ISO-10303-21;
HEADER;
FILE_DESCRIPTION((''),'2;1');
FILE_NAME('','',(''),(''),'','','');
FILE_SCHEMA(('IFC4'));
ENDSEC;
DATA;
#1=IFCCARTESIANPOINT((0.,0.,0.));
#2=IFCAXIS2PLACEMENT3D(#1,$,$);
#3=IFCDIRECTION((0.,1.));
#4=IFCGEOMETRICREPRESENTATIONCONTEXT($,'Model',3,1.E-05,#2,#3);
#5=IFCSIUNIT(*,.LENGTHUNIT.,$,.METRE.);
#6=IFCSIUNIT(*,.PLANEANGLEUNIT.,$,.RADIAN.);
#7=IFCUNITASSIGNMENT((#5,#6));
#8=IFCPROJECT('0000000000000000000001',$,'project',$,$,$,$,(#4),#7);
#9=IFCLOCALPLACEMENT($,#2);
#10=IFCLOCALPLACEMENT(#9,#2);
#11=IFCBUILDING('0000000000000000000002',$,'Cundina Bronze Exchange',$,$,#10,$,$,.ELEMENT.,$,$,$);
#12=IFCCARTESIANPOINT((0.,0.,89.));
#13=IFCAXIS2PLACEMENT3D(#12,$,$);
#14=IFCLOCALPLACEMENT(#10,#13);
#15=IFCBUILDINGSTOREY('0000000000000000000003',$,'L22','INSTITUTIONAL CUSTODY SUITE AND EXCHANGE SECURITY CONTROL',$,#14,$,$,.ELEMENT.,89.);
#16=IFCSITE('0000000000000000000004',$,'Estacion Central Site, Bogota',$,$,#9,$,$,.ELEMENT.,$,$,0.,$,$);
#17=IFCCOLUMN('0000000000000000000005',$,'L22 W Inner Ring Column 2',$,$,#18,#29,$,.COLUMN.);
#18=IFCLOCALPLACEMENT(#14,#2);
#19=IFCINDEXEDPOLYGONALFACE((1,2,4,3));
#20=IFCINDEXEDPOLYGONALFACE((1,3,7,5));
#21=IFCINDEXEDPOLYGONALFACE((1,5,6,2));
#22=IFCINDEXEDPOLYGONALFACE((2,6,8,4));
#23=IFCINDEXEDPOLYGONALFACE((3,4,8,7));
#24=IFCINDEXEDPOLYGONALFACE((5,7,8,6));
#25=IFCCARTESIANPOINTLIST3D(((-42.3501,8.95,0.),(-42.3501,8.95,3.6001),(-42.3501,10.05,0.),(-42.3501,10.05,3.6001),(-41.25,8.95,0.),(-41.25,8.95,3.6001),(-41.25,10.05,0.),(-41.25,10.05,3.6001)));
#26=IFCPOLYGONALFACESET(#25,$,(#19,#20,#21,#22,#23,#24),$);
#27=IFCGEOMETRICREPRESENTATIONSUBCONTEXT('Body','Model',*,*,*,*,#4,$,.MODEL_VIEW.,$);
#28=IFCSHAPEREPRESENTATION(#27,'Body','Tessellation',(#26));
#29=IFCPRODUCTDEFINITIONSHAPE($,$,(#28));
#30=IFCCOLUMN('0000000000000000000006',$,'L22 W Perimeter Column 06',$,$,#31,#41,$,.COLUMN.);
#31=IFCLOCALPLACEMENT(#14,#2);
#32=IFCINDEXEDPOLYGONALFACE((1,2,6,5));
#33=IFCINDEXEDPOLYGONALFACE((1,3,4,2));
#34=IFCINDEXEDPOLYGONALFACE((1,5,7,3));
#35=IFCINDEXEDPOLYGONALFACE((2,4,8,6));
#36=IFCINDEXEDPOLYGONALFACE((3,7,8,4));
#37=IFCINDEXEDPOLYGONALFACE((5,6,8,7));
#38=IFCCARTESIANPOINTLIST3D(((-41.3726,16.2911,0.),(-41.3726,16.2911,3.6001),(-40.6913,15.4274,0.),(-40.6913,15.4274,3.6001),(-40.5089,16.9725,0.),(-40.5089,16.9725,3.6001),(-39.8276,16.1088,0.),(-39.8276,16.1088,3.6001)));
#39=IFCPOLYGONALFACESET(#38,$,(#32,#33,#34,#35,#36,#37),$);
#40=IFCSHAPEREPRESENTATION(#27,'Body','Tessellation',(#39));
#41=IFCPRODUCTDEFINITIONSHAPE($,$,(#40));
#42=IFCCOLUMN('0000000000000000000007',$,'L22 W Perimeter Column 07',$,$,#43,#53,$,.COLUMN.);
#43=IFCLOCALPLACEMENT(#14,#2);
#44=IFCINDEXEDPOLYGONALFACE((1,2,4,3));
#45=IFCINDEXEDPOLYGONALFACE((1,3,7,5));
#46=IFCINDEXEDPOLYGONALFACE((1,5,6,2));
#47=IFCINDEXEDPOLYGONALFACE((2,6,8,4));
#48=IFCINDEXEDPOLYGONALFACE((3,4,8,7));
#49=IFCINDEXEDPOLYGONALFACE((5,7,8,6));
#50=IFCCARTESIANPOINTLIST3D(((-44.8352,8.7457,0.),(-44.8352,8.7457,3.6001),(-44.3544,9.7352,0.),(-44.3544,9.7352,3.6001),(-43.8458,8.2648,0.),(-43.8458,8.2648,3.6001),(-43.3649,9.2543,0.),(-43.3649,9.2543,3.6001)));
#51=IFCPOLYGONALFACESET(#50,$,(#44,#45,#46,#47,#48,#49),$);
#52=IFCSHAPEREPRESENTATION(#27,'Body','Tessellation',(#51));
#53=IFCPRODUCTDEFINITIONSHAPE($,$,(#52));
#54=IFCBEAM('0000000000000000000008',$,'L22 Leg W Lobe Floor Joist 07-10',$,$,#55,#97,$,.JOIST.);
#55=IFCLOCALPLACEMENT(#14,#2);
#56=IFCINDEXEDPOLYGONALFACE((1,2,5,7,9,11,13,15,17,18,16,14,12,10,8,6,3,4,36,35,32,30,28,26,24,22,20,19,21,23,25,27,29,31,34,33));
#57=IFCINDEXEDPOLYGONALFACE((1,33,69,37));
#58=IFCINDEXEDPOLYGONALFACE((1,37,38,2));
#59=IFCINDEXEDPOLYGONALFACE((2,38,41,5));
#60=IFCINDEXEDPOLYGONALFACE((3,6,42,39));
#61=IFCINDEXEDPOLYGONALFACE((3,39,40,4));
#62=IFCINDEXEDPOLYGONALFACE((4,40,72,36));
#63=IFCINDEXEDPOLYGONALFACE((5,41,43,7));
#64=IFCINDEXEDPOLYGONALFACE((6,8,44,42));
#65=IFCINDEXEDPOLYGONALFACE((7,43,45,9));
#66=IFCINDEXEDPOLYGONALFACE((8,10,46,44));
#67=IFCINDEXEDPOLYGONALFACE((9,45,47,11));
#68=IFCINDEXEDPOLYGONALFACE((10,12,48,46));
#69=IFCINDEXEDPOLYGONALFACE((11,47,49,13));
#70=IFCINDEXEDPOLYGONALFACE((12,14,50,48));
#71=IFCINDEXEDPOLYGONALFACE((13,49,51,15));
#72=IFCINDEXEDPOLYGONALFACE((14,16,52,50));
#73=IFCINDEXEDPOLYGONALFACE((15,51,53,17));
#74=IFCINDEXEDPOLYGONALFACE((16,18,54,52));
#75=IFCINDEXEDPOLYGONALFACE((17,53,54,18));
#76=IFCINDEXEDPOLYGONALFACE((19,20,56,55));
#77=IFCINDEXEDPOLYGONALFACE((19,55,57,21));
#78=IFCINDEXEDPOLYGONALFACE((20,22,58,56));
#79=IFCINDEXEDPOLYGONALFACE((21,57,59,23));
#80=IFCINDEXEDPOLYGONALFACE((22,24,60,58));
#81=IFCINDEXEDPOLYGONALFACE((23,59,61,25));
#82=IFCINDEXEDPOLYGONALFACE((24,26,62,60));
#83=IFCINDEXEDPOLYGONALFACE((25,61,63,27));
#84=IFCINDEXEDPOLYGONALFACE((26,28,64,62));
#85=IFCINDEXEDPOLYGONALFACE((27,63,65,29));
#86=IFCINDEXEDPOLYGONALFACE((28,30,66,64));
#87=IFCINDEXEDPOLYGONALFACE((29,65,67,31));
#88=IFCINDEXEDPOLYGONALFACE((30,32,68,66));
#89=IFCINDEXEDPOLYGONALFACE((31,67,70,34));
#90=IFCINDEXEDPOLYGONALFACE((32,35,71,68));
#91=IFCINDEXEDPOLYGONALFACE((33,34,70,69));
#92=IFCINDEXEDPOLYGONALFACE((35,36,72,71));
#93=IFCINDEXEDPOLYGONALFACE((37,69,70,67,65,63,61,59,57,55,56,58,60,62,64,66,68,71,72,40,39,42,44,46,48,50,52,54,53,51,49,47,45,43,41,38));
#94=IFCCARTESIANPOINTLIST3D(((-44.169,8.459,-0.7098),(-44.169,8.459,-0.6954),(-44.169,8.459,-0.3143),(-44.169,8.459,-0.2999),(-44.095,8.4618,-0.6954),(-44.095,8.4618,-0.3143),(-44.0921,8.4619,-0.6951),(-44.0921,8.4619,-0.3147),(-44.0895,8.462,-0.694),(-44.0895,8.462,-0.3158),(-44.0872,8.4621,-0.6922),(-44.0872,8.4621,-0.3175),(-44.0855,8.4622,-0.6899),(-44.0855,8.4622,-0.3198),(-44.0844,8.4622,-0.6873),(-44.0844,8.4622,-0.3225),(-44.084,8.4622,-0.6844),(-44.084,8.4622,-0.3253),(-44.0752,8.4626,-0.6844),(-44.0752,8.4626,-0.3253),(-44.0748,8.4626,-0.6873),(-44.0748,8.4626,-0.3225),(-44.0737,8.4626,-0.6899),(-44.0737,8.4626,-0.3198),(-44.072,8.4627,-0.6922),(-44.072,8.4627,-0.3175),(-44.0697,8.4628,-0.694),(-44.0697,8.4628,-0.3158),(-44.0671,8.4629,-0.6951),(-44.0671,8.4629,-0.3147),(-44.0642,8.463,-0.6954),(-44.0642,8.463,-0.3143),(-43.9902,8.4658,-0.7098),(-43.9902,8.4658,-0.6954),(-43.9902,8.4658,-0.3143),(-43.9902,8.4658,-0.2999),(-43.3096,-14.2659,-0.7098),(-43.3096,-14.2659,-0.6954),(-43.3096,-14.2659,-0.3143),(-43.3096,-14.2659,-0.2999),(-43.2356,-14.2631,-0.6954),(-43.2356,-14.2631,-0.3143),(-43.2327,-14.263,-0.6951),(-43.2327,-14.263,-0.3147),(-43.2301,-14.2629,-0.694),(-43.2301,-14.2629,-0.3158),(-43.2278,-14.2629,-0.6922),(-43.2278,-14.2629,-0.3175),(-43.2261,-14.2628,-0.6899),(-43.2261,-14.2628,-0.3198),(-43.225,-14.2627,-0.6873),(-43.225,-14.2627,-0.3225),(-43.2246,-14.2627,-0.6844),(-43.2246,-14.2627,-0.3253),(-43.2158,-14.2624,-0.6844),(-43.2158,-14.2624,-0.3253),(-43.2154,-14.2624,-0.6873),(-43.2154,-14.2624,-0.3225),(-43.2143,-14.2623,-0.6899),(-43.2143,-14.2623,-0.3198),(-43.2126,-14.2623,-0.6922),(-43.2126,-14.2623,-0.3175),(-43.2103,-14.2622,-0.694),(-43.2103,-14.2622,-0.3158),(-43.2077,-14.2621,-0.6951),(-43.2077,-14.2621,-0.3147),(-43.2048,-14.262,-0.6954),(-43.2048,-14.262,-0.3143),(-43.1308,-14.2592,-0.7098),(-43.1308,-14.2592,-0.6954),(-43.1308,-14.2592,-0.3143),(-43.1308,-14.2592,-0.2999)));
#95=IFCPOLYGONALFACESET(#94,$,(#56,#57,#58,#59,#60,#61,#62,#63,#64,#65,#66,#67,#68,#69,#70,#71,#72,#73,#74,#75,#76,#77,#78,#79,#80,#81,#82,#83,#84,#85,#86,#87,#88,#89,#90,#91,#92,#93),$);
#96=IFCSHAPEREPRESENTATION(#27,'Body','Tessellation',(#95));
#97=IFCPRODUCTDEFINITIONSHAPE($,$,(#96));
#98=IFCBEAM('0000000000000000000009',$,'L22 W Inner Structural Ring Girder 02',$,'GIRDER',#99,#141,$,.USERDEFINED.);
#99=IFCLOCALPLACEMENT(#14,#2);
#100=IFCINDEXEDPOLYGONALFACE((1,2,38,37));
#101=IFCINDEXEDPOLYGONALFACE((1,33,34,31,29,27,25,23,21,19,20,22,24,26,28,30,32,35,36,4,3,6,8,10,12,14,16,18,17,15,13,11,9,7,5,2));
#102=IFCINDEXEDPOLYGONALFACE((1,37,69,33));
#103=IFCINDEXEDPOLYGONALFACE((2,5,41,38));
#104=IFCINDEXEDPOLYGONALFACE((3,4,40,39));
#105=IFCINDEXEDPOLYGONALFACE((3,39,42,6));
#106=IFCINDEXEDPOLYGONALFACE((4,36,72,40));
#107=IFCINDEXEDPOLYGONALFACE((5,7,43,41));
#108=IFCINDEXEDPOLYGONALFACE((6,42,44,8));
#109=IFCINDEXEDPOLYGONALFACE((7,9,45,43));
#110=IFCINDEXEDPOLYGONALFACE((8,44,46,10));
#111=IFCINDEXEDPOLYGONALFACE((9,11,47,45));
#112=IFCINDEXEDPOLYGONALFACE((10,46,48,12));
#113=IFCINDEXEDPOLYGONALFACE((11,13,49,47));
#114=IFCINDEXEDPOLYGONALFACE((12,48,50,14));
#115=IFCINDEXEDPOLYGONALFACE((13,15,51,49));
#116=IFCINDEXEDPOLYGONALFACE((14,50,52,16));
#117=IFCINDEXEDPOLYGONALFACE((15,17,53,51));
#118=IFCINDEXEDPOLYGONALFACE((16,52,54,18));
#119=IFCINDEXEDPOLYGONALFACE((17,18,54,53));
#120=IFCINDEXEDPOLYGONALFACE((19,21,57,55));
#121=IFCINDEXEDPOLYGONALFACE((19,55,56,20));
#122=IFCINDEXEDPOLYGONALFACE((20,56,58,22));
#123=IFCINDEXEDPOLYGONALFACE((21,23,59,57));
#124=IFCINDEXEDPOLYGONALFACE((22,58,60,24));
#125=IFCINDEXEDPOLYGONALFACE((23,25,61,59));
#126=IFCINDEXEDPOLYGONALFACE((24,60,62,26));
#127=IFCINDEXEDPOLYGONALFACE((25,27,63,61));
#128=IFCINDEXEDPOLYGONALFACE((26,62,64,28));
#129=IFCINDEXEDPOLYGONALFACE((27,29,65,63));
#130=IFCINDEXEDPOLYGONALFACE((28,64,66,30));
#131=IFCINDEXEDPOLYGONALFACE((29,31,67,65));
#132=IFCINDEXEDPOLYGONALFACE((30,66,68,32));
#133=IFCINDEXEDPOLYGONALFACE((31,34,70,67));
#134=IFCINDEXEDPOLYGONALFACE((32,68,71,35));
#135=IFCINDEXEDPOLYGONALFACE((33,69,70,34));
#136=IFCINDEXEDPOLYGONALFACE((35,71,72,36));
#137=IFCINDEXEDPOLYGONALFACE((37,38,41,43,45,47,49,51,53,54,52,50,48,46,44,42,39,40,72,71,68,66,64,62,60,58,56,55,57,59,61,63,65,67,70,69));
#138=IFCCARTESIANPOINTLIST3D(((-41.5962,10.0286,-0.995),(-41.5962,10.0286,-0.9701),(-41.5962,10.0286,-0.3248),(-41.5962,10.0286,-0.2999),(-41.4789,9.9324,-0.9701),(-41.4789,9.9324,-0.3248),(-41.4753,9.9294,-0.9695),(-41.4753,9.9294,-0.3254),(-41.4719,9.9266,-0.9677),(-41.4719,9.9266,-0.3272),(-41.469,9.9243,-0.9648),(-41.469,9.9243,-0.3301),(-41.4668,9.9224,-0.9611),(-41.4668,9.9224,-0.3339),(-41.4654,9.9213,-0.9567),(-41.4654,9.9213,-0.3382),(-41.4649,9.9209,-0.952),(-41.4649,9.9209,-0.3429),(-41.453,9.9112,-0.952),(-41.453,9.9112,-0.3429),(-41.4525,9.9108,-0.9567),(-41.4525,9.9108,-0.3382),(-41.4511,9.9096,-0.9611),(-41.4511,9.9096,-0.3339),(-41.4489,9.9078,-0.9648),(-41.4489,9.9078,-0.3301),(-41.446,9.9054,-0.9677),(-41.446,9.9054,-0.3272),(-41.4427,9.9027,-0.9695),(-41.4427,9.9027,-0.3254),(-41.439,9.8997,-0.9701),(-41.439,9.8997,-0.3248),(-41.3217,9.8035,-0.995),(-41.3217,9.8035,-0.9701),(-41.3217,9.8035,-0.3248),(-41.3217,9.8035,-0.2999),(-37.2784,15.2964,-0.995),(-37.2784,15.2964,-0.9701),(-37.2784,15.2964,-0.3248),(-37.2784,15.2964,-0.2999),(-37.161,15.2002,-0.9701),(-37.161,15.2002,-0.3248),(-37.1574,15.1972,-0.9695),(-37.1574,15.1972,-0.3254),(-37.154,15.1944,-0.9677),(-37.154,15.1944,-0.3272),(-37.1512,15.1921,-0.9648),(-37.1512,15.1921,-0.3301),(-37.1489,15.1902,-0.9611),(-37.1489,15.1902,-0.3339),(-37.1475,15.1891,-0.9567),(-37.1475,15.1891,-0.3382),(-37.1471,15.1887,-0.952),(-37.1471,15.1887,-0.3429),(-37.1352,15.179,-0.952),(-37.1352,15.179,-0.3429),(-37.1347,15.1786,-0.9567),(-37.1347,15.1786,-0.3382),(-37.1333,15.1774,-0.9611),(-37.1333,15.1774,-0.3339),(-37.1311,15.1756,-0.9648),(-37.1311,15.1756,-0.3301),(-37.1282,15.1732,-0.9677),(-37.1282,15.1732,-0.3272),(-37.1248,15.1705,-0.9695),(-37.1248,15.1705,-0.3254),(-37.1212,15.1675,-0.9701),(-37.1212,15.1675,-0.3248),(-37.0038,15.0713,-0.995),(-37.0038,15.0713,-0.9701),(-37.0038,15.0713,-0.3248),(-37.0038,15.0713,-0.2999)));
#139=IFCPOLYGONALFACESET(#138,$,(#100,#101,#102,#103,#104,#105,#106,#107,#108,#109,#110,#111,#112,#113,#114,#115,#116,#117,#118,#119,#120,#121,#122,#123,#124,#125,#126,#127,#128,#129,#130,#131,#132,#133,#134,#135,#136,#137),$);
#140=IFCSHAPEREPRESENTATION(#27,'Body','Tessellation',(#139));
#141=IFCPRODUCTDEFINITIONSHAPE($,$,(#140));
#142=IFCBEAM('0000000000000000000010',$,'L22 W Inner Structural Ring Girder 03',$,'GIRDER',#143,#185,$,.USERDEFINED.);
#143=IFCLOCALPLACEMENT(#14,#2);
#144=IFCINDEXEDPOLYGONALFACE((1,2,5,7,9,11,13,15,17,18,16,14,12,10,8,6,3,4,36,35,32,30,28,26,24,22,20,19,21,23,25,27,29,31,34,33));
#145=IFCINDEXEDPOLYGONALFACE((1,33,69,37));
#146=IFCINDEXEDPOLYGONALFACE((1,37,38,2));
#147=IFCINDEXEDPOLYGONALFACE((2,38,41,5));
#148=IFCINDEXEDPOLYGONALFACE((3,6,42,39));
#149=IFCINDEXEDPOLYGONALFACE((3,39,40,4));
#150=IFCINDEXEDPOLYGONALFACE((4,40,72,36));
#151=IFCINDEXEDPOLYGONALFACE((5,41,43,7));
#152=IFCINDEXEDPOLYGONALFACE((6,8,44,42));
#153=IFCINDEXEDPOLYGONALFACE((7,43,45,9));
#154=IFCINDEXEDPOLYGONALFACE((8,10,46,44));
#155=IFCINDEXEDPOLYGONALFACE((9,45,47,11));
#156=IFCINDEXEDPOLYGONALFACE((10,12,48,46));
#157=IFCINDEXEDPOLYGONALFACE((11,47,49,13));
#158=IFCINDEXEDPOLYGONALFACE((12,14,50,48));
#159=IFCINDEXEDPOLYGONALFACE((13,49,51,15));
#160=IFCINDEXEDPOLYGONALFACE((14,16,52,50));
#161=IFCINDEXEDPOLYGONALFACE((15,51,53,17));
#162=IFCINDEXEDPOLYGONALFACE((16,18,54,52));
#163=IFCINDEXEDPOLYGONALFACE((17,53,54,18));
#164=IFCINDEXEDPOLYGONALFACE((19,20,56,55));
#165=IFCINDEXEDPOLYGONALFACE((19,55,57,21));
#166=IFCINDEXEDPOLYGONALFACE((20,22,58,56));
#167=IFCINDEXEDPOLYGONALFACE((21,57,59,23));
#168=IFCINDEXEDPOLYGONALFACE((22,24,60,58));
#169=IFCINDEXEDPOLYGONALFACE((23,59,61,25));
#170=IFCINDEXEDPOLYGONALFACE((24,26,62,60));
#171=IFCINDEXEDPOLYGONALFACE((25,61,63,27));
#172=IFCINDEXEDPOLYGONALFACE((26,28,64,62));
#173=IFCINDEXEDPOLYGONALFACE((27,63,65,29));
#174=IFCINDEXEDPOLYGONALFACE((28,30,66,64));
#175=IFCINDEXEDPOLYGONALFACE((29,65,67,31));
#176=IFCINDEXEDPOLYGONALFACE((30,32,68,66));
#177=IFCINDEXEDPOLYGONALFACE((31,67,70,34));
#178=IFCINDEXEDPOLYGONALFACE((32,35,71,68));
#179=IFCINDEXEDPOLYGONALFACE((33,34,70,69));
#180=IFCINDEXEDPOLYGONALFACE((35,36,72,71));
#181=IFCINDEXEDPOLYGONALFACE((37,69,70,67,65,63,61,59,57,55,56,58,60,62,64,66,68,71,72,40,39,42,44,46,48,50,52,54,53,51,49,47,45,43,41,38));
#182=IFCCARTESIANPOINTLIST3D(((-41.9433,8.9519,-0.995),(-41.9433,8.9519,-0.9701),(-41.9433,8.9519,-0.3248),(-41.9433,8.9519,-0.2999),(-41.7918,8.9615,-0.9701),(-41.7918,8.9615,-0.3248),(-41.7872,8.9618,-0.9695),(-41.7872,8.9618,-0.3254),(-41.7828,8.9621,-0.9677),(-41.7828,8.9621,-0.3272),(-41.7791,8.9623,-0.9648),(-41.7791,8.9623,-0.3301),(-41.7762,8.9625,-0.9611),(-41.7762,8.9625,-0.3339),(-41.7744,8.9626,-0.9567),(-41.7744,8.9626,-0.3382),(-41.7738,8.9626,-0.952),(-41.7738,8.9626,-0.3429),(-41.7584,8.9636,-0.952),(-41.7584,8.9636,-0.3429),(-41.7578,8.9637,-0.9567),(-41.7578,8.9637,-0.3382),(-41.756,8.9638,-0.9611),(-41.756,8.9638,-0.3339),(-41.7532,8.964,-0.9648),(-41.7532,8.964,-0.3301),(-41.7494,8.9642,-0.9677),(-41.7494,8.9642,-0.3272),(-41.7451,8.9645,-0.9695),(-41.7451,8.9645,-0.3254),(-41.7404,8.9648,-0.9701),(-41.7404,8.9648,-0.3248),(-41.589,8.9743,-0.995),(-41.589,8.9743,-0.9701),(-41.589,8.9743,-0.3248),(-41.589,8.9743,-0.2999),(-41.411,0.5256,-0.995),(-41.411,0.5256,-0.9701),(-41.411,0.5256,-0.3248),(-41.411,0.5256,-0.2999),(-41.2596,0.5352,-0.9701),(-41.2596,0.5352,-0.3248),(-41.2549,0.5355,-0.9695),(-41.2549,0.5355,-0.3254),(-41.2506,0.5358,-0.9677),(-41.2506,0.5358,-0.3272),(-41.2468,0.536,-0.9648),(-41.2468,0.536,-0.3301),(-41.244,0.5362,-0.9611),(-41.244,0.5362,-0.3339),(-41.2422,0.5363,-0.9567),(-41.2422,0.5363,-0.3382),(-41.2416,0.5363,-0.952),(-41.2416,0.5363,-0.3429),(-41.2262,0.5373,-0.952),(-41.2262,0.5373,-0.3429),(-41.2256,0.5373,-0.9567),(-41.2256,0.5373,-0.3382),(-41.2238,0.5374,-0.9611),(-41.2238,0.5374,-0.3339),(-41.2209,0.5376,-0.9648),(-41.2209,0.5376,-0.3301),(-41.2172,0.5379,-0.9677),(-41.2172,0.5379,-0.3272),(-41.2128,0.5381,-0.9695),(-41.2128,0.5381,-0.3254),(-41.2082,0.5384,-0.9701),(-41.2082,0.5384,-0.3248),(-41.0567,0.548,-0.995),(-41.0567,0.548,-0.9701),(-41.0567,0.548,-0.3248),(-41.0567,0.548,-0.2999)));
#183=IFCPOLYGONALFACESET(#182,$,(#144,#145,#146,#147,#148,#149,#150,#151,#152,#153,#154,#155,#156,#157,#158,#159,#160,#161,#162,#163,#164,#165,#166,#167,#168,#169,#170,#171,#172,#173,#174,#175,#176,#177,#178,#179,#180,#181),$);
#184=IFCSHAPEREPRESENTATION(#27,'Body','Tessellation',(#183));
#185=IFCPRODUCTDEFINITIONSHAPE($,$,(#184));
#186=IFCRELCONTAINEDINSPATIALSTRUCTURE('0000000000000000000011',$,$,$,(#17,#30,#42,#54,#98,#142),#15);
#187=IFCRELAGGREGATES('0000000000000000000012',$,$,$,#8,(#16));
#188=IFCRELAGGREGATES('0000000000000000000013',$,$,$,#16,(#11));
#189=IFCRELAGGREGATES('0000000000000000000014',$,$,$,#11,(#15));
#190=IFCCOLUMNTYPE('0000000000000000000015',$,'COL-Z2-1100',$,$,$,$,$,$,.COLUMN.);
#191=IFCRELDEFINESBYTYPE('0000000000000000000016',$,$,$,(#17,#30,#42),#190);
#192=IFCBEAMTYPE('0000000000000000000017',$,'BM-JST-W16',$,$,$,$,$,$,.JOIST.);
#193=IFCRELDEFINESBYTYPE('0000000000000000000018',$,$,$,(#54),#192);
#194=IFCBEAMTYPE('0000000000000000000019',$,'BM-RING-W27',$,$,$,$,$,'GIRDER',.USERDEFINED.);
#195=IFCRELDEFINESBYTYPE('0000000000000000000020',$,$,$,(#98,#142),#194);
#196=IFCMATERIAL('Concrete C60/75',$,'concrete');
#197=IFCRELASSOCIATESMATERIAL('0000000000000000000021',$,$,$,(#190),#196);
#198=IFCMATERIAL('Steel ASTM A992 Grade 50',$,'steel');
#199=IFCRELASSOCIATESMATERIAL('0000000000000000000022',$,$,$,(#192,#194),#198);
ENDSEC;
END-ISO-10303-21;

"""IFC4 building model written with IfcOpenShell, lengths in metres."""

from ifc_helpers import new_model, si_unit, direction, frame, origin, origin_2d, place, context, subcontext, project, spatial, rectangle, i_section, extrude, material, material_profile, profile_set, type_object, element, save


model = new_model("IFC4")

# Units and contexts
model_context = context("Model", 3, precision=1e-05, world=origin(), true_north=direction((0.0, 1.0)))
body_context = subcontext(model_context, "Body", "Model", "MODEL_VIEW")
ifc_project = project(units=[si_unit("LENGTHUNIT", "METRE"), si_unit("PLANEANGLEUNIT", "RADIAN")], contexts=[model_context])

# Site, building, storey
site_placement = place(None, origin())
site = spatial("IfcSite", under=ifc_project, at=site_placement, Name="Estacion Central Site, Bogota", CompositionType="ELEMENT", RefElevation=0.0)
building_placement = place(site_placement, origin())
building = spatial("IfcBuilding", under=site, at=building_placement, Name="Cundina Bronze Exchange", CompositionType="ELEMENT")
storey_placement = place(building_placement, frame((0.0, 0.0, 89.0)))
storey = spatial("IfcBuildingStorey", under=building, at=storey_placement, Name="L22", Description="INSTITUTIONAL CUSTODY SUITE AND EXCHANGE SECURITY CONTROL", CompositionType="ELEMENT", Elevation=89.0)

# Columns
ifc_material_1 = material(Name="Concrete C60/75", Category="concrete")
ifc_material_profile_1 = material_profile(ifc_material_1, rectangle(XDim=1.1001, YDim=1.1001, at=origin_2d()), Name="RC1100X1100", Category="concrete")
ifc_profile_set_1 = profile_set([ifc_material_profile_1], Name="Concrete C60/75")
column_type = type_object("IfcColumnType", Name="COL-Z2-1100", PredefinedType="COLUMN", material=ifc_profile_set_1)
for number, where, z_axis, x_axis, name in (
    (1, (-41.8, 9.5, 0.0), (0.0, 0.0, 1.0), (1.0, 0.0, 0.0), "L22 W Inner Ring Column 2"),
    (2, (-40.6001, 16.2, 0.0), (0.0, 0.0, 1.0), (-0.785101, -0.619368, 0.0), "L22 W Perimeter Column 06"),
    (3, (-44.1001, 9.0, 0.0), (0.0, 0.0, 1.0), (-0.437116, -0.899405, 0.0), "L22 W Perimeter Column 07"),
):
    element("IfcColumn", number, at=place(storey_placement, frame(where, z_axis=z_axis, x_axis=x_axis)), inside=storey, type_object=column_type, Name=name, PredefinedType="COLUMN", context=body_context, shape_type="SweptSolid", body=[
        extrude(rectangle(XDim=1.1001, YDim=1.1001, at=origin_2d()), origin(), (0.0, 0.0, 1.0), 3.6001),
    ])

# Beams
ifc_material_2 = material(Name="Steel ASTM A992 Grade 50", Category="steel")
ifc_material_profile_2 = material_profile(ifc_material_2, i_section(OverallWidth=0.179, OverallDepth=0.4099, WebThickness=0.0088, FlangeThickness=0.0144, FilletRadius=0.011, at=origin_2d()), Name="W16X45", Category="steel")
ifc_profile_set_2 = profile_set([ifc_material_profile_2], Name="Steel ASTM A992 Grade 50")
beam_type_1 = type_object("IfcBeamType", Name="BM-JST-W16", PredefinedType="JOIST", material=ifc_profile_set_2)
beam_1_placement = place(storey_placement, frame((-44.0796, 8.4624, -0.5049), z_axis=(0.03779, -0.999286, 0.0), x_axis=(0.999286, 0.03779, 0.0)))
element("IfcBeam", 4, at=beam_1_placement, inside=storey, type_object=beam_type_1, Name="L22 Leg W Lobe Floor Joist 07-10", PredefinedType="JOIST", context=body_context, shape_type="SweptSolid", body=[
    extrude(i_section(OverallWidth=0.179, OverallDepth=0.4099, WebThickness=0.0088, FlangeThickness=0.0144, FilletRadius=0.011, at=origin_2d()), origin(), (0.0, 0.0, 1.0), 22.7412),
])
ifc_material_profile_3 = material_profile(ifc_material_2, i_section(OverallWidth=0.355, OverallDepth=0.6951, WebThickness=0.0154, FlangeThickness=0.0249, FilletRadius=0.0181, at=origin_2d()), Name="W27X146", Category="steel")
ifc_profile_set_3 = profile_set([ifc_material_profile_3], Name="Steel ASTM A992 Grade 50")
beam_type_2 = type_object("IfcBeamType", Name="BM-RING-W27", ElementType="GIRDER", PredefinedType="USERDEFINED", material=ifc_profile_set_3)
beam_2_placement = place(storey_placement, frame((-37.1411, 15.1838, -0.6475), z_axis=(-0.633927, -0.773393, 0.0), x_axis=(0.773393, -0.633927, 0.0)))
element("IfcBeam", 5, at=beam_2_placement, inside=storey, type_object=beam_type_2, Name="L22 W Inner Structural Ring Girder 02", ObjectType="GIRDER", PredefinedType="USERDEFINED", context=body_context, shape_type="SweptSolid", body=[
    extrude(i_section(OverallWidth=0.355, OverallDepth=0.6951, WebThickness=0.0154, FlangeThickness=0.0249, FilletRadius=0.0181, at=origin_2d()), origin(), (0.0, 0.0, 1.0), 6.8113),
])
beam_3_placement = place(storey_placement, frame((-41.7661, 8.9631, -0.6475), z_axis=(0.063037, -0.998011, 0.0), x_axis=(0.998011, 0.063037, 0.0)))
element("IfcBeam", 6, at=beam_3_placement, inside=storey, type_object=beam_type_2, Name="L22 W Inner Structural Ring Girder 03", ObjectType="GIRDER", PredefinedType="USERDEFINED", context=body_context, shape_type="SweptSolid", body=[
    extrude(i_section(OverallWidth=0.355, OverallDepth=0.6951, WebThickness=0.0154, FlangeThickness=0.0249, FilletRadius=0.0181, at=origin_2d()), origin(), (0.0, 0.0, 1.0), 8.4431),
])

save(model, "model.ifc")
